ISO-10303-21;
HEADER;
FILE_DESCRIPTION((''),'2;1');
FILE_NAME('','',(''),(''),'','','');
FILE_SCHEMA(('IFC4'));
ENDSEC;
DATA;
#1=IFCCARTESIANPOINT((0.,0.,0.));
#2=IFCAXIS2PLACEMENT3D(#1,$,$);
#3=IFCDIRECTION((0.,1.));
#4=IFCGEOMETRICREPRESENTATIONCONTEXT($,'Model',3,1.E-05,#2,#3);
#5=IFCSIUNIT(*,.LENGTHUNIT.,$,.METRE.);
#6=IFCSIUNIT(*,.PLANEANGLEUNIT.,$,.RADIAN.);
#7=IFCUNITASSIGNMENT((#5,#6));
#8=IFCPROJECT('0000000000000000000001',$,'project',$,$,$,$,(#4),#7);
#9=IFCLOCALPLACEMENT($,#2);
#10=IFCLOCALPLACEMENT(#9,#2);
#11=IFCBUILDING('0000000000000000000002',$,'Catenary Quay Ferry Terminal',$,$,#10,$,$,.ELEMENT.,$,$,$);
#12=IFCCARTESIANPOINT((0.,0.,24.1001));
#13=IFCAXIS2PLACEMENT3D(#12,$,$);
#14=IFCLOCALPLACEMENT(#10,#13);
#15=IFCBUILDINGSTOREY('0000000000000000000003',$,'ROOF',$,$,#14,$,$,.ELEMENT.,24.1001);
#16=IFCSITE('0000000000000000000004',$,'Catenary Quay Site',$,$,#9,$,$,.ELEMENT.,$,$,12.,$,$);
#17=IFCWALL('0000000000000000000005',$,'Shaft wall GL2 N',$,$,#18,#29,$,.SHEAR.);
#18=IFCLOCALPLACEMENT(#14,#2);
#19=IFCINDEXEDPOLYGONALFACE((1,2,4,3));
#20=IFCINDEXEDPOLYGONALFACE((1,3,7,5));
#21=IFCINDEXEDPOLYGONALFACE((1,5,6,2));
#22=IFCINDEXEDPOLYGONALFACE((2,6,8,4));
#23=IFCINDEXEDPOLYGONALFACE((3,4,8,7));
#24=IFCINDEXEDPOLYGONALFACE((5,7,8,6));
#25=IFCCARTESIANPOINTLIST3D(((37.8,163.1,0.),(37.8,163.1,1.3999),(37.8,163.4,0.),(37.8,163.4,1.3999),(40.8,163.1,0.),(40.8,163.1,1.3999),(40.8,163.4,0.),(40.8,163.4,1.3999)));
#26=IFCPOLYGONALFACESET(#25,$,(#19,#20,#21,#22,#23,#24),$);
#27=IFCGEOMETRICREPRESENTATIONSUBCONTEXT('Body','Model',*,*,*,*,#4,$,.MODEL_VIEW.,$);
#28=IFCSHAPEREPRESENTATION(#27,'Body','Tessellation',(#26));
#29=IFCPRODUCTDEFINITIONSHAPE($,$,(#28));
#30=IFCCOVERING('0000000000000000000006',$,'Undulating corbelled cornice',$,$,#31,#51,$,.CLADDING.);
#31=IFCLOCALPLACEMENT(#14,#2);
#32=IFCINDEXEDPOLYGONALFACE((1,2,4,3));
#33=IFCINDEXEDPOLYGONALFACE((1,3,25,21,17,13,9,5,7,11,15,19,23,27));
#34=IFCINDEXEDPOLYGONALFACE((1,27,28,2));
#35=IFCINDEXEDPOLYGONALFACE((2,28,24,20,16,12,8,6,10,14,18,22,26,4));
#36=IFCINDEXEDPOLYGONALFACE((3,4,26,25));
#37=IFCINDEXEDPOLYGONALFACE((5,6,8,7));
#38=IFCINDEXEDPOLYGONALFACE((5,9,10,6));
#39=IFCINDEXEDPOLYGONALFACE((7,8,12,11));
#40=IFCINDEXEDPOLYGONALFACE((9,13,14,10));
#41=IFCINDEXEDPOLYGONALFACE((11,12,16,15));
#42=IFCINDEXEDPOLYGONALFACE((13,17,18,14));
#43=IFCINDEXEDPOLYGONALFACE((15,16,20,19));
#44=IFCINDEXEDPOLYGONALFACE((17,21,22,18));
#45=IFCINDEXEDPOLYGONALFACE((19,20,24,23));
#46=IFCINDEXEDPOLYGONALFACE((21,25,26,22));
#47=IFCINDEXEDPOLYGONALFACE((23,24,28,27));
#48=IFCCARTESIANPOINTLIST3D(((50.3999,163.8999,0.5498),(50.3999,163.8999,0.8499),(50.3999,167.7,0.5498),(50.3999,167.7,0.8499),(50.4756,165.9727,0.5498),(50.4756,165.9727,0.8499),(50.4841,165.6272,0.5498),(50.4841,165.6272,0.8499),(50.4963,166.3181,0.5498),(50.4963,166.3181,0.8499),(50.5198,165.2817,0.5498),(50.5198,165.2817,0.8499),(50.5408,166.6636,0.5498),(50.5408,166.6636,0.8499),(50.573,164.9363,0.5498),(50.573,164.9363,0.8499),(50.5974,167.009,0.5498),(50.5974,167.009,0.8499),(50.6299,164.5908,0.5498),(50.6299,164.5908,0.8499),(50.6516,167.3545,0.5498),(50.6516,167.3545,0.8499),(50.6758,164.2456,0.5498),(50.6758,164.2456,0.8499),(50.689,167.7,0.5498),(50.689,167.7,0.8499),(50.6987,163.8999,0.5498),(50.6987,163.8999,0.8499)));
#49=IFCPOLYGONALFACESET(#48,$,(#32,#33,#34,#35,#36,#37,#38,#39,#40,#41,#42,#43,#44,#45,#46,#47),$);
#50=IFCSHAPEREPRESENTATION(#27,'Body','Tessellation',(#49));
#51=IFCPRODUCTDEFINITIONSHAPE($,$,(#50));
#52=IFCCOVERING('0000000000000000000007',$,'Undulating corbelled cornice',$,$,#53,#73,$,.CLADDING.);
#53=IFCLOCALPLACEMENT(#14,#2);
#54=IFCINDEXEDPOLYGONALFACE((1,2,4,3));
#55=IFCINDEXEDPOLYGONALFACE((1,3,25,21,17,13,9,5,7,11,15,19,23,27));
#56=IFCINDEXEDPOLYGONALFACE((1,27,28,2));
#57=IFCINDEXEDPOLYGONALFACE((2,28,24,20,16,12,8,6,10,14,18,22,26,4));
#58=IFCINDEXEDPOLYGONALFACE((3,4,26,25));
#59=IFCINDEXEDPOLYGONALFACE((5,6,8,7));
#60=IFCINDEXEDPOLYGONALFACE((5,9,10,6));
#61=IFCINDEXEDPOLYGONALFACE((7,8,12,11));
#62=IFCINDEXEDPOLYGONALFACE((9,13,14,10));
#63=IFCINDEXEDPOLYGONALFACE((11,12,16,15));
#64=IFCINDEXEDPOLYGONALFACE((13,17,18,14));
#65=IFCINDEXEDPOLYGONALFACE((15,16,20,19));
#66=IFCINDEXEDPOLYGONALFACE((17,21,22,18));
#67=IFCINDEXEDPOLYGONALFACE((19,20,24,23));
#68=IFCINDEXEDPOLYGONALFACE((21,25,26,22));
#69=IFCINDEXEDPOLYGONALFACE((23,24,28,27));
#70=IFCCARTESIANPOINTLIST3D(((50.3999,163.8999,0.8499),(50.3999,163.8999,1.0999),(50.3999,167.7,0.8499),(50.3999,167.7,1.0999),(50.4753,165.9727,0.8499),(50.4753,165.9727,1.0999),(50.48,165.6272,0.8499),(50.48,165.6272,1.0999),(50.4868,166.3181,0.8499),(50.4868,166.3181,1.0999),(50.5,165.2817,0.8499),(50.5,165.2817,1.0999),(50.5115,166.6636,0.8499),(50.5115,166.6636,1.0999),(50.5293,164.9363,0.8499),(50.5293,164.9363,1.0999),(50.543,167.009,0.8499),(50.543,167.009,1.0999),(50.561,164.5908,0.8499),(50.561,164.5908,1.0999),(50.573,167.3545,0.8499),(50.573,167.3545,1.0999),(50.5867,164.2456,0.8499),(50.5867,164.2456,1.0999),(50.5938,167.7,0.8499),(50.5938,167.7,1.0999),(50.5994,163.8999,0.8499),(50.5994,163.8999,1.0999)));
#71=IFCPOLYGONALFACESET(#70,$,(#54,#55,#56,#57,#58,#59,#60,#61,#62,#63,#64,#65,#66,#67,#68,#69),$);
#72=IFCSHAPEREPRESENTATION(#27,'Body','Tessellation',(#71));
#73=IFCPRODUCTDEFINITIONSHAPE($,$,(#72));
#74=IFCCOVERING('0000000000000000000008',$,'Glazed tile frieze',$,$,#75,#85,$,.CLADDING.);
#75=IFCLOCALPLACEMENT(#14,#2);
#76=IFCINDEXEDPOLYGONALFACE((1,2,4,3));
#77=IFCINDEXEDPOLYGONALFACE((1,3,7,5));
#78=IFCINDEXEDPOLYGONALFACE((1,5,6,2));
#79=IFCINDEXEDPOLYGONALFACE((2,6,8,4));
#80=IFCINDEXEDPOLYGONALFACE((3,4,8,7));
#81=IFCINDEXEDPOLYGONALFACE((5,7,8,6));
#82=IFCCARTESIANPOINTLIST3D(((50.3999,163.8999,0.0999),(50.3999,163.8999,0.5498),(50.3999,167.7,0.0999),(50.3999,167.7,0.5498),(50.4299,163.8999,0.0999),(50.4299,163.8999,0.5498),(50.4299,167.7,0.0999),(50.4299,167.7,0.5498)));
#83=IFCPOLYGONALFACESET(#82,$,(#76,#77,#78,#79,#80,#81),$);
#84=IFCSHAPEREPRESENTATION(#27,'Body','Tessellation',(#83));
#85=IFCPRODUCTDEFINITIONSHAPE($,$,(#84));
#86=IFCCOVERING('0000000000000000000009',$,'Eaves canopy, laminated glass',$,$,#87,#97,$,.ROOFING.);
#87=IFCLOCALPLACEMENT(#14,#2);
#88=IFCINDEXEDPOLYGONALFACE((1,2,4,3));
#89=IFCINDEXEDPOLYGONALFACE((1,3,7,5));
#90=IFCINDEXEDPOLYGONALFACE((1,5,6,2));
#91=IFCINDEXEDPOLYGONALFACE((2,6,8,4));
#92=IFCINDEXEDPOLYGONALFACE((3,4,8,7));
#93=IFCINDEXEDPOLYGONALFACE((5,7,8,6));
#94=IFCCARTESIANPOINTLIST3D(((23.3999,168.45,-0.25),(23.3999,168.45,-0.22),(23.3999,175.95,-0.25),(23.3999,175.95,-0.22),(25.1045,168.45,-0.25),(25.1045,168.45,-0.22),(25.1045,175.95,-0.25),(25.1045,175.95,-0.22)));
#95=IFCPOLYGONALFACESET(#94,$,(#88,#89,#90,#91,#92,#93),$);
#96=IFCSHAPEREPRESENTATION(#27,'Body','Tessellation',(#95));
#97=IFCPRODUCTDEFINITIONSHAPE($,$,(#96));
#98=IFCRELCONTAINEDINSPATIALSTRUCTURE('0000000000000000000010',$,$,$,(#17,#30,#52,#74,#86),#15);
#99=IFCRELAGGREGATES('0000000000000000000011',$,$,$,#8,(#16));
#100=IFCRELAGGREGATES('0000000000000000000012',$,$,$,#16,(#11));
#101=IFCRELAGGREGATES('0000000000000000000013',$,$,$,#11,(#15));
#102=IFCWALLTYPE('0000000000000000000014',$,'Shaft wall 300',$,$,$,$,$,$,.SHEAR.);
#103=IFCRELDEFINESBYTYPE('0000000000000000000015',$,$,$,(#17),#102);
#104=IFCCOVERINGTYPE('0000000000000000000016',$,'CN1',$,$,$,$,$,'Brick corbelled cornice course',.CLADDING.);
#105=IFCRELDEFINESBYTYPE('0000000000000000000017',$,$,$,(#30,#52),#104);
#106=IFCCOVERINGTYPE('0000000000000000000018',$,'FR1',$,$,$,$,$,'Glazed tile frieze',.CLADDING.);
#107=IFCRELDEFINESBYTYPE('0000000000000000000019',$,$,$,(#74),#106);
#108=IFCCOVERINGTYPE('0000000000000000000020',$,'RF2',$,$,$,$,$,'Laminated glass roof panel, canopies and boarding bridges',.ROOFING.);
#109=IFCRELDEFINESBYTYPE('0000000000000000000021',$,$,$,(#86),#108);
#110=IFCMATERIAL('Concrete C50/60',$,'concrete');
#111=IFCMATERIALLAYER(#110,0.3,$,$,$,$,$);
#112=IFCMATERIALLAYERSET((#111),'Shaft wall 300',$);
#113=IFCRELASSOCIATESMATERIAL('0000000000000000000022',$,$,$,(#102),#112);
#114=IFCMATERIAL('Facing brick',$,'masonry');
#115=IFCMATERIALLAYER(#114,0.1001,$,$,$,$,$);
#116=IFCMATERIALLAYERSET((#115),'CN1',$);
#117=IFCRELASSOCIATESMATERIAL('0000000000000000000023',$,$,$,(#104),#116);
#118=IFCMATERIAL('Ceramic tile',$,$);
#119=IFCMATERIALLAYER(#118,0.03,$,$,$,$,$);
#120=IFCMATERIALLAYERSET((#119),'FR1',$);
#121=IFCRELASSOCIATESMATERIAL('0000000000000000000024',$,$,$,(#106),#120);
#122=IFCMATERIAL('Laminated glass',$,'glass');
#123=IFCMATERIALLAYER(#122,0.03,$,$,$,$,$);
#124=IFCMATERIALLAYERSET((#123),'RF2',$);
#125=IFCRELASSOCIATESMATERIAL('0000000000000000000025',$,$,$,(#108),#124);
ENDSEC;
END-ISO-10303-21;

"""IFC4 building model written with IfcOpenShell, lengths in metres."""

from ifc_helpers import new_model, si_unit, direction, frame, frame_2d, origin, origin_2d, place, context, subcontext, project, spatial, polyline, rectangle, outline, extrude, material, layer, layer_set, type_object, element, save


model = new_model("IFC4")

# Units and contexts
model_context = context("Model", 3, precision=1e-05, world=origin(), true_north=direction((0.0, 1.0)))
body_context = subcontext(model_context, "Body", "Model", "MODEL_VIEW")
ifc_project = project(units=[si_unit("LENGTHUNIT", "METRE"), si_unit("PLANEANGLEUNIT", "RADIAN")], contexts=[model_context])

# Site, building, storey
site_placement = place(None, origin())
site = spatial("IfcSite", under=ifc_project, at=site_placement, Name="Catenary Quay Site", CompositionType="ELEMENT", RefElevation=12.0)
building_placement = place(site_placement, origin())
building = spatial("IfcBuilding", under=site, at=building_placement, Name="Catenary Quay Ferry Terminal", CompositionType="ELEMENT")
storey_placement = place(building_placement, frame((0.0, 0.0, 24.1001)))
storey = spatial("IfcBuildingStorey", under=building, at=storey_placement, Name="ROOF", CompositionType="ELEMENT", Elevation=24.1001)

# Wall
ifc_material_1 = material(Name="Concrete C50/60", Category="concrete")
ifc_layer_1 = layer(ifc_material_1, 0.3)
ifc_layer_set_1 = layer_set([ifc_layer_1], Name="Shaft wall 300")
wall_type_1 = type_object("IfcWallType", Name="Shaft wall 300", PredefinedType="SHEAR", material=ifc_layer_set_1)
for number, where, z_axis, x_axis, name in (
    (1, (37.8, 163.25, 0.0), (0.0, 0.0, 1.0), (1.0, 0.0, 0.0), "Shaft wall GL2 N"),
):
    element("IfcWall", number, at=place(storey_placement, frame(where, z_axis=z_axis, x_axis=x_axis)), inside=storey, type_object=wall_type_1, Name=name, PredefinedType="SHEAR", context=body_context, shape_type="SweptSolid", body=[
        extrude(rectangle(XDim=3.0, YDim=0.3, at=frame_2d((1.5, 0.0))), origin(), (0.0, 0.0, 1.0), 1.3999),
    ])

# Coverings
ifc_material_2 = material(Name="Facing brick", Category="masonry")
ifc_layer_2 = layer(ifc_material_2, 0.1001)
ifc_layer_set_2 = layer_set([ifc_layer_2], Name="CN1")
covering_type_1 = type_object("IfcCoveringType", Name="CN1", ElementType="Brick corbelled cornice course", PredefinedType="CLADDING", material=ifc_layer_set_2)
covering_1_placement = place(storey_placement, frame((0.0, 0.0, 0.5498)))
element("IfcCovering", 2, at=covering_1_placement, inside=storey, type_object=covering_type_1, Name="Undulating corbelled cornice", PredefinedType="CLADDING", context=body_context, shape_type="SweptSolid", body=[
    extrude(outline(polyline([(50.3999, 163.8999), (50.6987, 163.8999), (50.6758, 164.2456), (50.6299, 164.5908), (50.573, 164.9363), (50.5198, 165.2817), (50.4841, 165.6272), (50.4756, 165.9727), (50.4963, 166.3181), (50.5408, 166.6636), (50.5974, 167.009), (50.6516, 167.3545), (50.689, 167.7), (50.3999, 167.7), (50.3999, 163.8999)])), origin(), (0.0, 0.0, 1.0), 0.3),
])
covering_2_placement = place(storey_placement, frame((0.0, 0.0, 0.8499)))
element("IfcCovering", 3, at=covering_2_placement, inside=storey, type_object=covering_type_1, Name="Undulating corbelled cornice", PredefinedType="CLADDING", context=body_context, shape_type="SweptSolid", body=[
    extrude(outline(polyline([(50.3999, 163.8999), (50.5994, 163.8999), (50.5867, 164.2456), (50.561, 164.5908), (50.5293, 164.9363), (50.5, 165.2817), (50.48, 165.6272), (50.4753, 165.9727), (50.4868, 166.3181), (50.5115, 166.6636), (50.543, 167.009), (50.573, 167.3545), (50.5938, 167.7), (50.3999, 167.7), (50.3999, 163.8999)])), origin(), (0.0, 0.0, 1.0), 0.25),
])
ifc_material_3 = material(Name="Ceramic tile")
ifc_layer_3 = layer(ifc_material_3, 0.03)
ifc_layer_set_3 = layer_set([ifc_layer_3], Name="FR1")
covering_type_2 = type_object("IfcCoveringType", Name="FR1", ElementType="Glazed tile frieze", PredefinedType="CLADDING", material=ifc_layer_set_3)
covering_3_placement = place(storey_placement, frame((0.0, 0.0, 0.0999)))
element("IfcCovering", 4, at=covering_3_placement, inside=storey, type_object=covering_type_2, Name="Glazed tile frieze", PredefinedType="CLADDING", context=body_context, shape_type="SweptSolid", body=[
    extrude(outline(polyline([(50.3999, 163.8999), (50.3999, 167.7), (50.4299, 167.7), (50.4299, 163.8999), (50.3999, 163.8999)])), origin(), (0.0, 0.0, 1.0), 0.45),
])
ifc_material_4 = material(Name="Laminated glass", Category="glass")
ifc_layer_4 = layer(ifc_material_4, 0.03)
ifc_layer_set_4 = layer_set([ifc_layer_4], Name="RF2")
covering_type_3 = type_object("IfcCoveringType", Name="RF2", ElementType="Laminated glass roof panel, canopies and boarding bridges", PredefinedType="ROOFING", material=ifc_layer_set_4)
covering_4_placement = place(storey_placement, frame((24.2522, 172.2, -0.25), z_axis=(0.0, 0.0, 1.0), x_axis=(1.0, 0.0, 0.0)))
element("IfcCovering", 5, at=covering_4_placement, inside=storey, type_object=covering_type_3, Name="Eaves canopy, laminated glass", PredefinedType="ROOFING", context=body_context, shape_type="SweptSolid", body=[
    extrude(rectangle(XDim=1.7046, YDim=7.5, at=origin_2d()), origin(), (0.0, 0.0, 1.0), 0.03),
])

save(model, "model.ifc")
